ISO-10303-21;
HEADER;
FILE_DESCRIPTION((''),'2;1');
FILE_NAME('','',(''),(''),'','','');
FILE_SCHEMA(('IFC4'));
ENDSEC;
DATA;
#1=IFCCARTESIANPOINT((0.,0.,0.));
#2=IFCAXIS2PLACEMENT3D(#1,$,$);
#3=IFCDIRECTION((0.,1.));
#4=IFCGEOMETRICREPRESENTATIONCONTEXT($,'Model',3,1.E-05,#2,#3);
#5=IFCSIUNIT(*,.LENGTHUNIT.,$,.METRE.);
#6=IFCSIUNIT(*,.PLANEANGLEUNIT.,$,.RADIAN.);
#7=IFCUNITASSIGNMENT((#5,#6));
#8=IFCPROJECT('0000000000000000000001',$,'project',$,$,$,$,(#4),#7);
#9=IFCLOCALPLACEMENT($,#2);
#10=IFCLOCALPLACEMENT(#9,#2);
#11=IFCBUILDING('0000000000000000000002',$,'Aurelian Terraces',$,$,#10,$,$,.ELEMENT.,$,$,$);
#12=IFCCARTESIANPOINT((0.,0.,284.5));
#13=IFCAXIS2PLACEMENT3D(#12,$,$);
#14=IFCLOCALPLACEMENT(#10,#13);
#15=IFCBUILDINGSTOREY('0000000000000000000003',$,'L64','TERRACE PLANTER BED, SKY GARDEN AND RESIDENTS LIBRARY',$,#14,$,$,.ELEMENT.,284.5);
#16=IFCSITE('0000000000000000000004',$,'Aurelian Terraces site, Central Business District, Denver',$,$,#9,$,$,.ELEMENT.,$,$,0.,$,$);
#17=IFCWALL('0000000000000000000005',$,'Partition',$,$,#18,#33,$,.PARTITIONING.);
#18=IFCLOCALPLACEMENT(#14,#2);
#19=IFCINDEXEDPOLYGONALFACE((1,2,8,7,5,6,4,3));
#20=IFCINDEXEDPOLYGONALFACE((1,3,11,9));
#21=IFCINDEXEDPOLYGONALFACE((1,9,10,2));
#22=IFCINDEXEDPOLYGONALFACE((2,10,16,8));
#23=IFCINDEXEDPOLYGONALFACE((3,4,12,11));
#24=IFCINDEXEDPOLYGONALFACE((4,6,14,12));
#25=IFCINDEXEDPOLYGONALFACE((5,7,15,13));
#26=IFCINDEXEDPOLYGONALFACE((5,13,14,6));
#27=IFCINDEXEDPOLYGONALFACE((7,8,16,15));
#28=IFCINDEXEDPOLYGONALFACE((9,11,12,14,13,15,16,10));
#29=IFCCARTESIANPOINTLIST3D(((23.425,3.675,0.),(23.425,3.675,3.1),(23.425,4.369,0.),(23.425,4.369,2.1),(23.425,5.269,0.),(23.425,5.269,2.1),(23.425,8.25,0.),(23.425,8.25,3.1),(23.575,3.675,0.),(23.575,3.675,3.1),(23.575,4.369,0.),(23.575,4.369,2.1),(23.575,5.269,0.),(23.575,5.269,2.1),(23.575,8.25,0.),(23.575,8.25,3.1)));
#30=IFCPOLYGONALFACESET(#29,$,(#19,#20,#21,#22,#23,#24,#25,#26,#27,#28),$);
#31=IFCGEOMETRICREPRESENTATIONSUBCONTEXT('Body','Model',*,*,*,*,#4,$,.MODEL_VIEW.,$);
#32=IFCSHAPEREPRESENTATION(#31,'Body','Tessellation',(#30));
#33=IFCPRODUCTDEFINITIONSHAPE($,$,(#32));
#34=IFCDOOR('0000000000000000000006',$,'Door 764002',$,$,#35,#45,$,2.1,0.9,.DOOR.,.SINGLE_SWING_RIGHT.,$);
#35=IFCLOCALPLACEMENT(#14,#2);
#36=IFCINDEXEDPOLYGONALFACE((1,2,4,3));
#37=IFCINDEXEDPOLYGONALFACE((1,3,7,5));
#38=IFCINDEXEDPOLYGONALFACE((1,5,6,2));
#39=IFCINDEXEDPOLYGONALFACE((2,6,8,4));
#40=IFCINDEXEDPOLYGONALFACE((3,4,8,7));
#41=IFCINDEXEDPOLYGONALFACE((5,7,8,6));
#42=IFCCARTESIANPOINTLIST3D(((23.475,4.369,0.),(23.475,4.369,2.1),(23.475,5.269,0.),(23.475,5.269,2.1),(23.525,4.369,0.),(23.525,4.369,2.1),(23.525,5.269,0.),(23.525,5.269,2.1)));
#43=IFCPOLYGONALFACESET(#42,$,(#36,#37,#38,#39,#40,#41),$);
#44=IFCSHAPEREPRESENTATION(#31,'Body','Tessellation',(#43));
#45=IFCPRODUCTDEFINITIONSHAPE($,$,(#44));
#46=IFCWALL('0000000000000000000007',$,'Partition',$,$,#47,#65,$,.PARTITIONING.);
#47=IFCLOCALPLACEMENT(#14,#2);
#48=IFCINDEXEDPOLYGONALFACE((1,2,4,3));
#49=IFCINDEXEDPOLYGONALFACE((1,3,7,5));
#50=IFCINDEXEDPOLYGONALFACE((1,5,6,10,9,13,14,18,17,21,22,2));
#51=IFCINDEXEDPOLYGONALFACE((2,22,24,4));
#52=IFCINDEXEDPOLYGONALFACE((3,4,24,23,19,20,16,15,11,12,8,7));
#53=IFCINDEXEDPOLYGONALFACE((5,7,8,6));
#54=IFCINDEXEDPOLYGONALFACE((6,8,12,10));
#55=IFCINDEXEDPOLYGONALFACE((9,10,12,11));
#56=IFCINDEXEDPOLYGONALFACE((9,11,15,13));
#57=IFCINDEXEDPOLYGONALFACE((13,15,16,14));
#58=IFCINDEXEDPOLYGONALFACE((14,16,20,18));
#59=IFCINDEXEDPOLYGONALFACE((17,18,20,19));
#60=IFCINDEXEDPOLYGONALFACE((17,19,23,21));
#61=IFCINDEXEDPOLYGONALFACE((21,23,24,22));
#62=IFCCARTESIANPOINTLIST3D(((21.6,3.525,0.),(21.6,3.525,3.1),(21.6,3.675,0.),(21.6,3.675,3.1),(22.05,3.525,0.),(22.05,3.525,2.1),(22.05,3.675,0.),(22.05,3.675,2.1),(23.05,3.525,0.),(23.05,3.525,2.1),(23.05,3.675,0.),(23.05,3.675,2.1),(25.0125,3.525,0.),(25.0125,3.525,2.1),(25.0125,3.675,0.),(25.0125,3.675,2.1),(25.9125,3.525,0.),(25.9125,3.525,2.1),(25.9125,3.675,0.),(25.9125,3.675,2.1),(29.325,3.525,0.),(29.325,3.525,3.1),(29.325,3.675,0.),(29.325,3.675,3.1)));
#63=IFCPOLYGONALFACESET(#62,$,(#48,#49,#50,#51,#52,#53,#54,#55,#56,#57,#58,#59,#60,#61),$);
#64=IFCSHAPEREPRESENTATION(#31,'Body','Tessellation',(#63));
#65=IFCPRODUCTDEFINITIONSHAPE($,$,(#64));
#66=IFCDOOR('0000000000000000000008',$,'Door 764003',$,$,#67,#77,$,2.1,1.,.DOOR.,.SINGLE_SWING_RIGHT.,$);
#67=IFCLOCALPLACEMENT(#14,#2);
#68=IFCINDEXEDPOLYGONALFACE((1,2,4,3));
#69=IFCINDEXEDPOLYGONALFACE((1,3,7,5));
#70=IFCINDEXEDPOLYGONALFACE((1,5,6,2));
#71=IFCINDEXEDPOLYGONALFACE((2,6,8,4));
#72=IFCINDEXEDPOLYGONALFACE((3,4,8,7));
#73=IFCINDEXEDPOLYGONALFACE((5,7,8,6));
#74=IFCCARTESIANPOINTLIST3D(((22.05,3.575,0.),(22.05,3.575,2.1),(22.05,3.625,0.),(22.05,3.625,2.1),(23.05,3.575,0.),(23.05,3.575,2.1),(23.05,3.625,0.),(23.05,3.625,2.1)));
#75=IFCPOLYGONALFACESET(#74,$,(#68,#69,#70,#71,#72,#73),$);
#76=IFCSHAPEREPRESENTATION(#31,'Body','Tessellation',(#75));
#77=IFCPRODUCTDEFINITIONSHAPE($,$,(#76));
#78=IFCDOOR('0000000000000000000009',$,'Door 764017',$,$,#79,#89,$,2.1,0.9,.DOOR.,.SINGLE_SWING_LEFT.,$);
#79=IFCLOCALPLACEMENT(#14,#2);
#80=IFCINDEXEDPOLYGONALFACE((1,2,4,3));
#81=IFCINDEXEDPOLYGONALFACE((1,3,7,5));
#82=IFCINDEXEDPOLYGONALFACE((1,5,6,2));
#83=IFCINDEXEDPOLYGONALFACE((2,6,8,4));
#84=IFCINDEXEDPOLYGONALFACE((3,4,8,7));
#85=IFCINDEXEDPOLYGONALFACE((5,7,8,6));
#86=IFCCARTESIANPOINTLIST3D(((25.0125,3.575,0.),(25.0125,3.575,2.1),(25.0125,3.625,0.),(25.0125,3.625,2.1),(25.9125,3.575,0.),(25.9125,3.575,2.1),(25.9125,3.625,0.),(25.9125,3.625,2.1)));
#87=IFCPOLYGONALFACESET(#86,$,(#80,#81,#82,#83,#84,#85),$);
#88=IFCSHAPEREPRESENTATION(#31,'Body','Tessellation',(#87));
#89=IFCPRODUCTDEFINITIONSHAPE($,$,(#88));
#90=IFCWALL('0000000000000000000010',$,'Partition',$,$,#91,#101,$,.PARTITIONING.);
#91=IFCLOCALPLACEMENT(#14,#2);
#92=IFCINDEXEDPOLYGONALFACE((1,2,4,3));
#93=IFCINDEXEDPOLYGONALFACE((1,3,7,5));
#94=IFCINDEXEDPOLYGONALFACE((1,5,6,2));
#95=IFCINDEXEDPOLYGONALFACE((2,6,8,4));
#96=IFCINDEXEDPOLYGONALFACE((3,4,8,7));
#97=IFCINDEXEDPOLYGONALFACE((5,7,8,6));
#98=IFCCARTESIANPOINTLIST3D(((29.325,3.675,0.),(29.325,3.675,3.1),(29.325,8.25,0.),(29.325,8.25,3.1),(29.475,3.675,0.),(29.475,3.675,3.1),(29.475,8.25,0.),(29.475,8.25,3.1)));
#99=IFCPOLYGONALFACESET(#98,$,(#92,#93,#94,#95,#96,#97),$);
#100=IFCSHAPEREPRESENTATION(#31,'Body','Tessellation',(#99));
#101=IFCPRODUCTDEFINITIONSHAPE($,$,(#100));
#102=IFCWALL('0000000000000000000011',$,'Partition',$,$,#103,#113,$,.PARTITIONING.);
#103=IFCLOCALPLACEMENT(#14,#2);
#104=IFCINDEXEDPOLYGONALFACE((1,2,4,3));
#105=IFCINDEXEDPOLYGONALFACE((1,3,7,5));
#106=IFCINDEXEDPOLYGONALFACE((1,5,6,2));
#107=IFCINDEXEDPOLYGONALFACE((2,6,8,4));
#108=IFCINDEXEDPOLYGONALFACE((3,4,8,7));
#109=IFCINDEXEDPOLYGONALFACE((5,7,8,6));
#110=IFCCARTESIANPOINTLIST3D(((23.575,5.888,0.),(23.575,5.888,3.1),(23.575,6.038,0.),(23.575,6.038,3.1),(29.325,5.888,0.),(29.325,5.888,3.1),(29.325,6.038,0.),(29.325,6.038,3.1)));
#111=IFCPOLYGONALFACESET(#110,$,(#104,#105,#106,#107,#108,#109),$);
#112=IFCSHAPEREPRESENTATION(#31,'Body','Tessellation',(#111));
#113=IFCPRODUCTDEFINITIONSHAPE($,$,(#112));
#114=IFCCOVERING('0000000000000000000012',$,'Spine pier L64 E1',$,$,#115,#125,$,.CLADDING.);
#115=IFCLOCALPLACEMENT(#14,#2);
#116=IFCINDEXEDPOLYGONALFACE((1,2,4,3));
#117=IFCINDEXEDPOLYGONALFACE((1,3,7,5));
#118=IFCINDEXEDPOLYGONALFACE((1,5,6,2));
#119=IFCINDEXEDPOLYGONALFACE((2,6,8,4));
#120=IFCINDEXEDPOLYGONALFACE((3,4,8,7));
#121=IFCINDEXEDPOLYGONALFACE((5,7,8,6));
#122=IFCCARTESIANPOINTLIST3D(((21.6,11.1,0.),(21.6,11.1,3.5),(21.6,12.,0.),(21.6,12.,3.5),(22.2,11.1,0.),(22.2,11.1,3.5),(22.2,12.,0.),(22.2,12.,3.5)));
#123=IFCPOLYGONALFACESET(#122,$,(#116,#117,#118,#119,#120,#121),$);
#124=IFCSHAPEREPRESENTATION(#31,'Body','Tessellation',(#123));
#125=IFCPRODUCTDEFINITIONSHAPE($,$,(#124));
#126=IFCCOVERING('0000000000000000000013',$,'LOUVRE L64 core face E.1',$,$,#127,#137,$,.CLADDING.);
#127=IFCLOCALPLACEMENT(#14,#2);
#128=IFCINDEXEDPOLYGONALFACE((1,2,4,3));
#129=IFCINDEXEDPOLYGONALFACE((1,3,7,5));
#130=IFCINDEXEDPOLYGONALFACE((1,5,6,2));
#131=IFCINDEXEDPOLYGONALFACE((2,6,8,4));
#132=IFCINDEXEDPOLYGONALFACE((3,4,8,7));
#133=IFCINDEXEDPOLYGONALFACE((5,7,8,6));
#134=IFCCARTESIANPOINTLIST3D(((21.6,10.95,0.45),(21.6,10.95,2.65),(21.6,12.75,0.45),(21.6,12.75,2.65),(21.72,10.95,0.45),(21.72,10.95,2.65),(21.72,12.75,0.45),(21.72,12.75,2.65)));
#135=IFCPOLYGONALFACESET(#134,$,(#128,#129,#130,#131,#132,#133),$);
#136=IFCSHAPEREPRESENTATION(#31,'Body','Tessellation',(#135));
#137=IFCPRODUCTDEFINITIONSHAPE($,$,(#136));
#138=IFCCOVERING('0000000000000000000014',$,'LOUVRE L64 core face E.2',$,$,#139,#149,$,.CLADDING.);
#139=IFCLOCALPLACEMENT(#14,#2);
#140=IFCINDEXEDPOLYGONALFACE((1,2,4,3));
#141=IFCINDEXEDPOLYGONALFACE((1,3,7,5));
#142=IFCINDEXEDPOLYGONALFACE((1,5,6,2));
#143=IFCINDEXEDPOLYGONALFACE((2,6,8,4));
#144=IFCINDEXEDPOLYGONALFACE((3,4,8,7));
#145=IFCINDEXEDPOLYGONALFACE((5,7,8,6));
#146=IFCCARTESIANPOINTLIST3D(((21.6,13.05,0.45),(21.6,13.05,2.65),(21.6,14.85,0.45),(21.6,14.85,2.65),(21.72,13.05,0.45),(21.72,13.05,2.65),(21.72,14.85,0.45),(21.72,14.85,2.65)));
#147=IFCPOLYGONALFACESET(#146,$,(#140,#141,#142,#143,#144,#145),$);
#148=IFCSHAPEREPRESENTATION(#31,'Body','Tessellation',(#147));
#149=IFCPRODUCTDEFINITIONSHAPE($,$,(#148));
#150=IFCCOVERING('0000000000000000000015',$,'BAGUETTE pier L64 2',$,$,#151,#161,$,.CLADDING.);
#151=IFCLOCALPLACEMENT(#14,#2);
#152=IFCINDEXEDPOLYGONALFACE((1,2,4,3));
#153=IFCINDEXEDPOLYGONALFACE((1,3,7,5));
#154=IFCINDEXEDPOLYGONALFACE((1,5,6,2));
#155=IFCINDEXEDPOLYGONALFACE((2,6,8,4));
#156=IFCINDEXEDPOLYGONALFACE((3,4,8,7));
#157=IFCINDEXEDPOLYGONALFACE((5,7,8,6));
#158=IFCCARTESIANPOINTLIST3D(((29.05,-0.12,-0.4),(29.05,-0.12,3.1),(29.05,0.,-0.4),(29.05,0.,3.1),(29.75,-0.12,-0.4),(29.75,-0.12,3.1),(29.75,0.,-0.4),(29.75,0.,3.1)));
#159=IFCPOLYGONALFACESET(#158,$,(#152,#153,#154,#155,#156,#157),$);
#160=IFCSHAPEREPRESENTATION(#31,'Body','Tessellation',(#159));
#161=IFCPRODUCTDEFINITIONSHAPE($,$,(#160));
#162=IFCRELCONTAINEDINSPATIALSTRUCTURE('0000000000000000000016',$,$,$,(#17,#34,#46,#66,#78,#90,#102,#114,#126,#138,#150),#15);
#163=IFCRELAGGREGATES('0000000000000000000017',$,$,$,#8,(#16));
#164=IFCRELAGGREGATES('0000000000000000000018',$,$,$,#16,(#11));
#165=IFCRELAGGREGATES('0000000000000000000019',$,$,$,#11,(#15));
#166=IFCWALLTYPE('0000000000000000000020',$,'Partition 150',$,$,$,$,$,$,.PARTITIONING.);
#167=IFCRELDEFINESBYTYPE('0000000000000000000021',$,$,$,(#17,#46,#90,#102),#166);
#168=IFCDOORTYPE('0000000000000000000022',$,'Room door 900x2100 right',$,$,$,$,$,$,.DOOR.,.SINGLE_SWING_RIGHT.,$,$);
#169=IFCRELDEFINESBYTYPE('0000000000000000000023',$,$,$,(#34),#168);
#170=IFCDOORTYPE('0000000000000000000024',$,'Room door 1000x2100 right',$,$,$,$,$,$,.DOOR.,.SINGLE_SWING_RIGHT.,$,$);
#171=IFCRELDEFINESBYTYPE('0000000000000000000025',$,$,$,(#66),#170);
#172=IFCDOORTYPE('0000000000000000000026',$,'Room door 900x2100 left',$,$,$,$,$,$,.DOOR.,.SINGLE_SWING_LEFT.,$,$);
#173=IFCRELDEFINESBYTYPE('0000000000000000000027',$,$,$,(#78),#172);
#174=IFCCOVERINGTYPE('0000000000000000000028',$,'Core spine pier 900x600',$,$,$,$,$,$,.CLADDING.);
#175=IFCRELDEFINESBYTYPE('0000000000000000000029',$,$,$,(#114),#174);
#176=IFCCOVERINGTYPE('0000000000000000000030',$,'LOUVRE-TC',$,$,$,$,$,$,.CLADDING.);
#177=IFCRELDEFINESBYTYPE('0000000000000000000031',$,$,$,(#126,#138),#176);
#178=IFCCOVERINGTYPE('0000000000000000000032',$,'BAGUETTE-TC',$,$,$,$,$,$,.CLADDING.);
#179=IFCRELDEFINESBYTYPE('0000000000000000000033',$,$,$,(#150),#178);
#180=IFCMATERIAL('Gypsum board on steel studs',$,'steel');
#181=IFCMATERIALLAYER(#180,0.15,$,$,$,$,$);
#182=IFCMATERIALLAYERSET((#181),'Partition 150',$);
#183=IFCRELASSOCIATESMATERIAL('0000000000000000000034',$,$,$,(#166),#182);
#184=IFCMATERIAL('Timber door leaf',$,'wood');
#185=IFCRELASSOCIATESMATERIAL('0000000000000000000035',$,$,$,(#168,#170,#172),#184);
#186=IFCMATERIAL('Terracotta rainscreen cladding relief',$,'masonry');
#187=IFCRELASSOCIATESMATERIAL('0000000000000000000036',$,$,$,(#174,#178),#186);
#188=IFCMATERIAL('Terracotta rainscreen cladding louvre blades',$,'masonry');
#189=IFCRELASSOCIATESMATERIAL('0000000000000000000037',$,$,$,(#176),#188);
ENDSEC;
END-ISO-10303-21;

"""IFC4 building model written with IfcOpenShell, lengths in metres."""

from ifc_helpers import new_model, si_unit, direction, frame, frame_2d, origin, origin_2d, place, context, subcontext, project, spatial, rectangle, extrude, source, transform, mapped, material, layer, layer_set, type_object, element, fill, save


model = new_model("IFC4")

# Units and contexts
model_context = context("Model", 3, precision=1e-05, world=origin(), true_north=direction((0.0, 1.0)))
body_context = subcontext(model_context, "Body", "Model", "MODEL_VIEW")
ifc_project = project(units=[si_unit("LENGTHUNIT", "METRE"), si_unit("PLANEANGLEUNIT", "RADIAN")], contexts=[model_context])

# Site, building, storey
site_placement = place(None, origin())
site = spatial("IfcSite", under=ifc_project, at=site_placement, Name="Aurelian Terraces site, Central Business District, Denver", CompositionType="ELEMENT", RefElevation=0.0)
building_placement = place(site_placement, origin())
building = spatial("IfcBuilding", under=site, at=building_placement, Name="Aurelian Terraces", CompositionType="ELEMENT")
storey_placement = place(building_placement, frame((0.0, 0.0, 284.5)))
storey = spatial("IfcBuildingStorey", under=building, at=storey_placement, Name="L64", Description="TERRACE PLANTER BED, SKY GARDEN AND RESIDENTS LIBRARY", CompositionType="ELEMENT", Elevation=284.5)

# Shared definitions
ifc_material_1 = material(Name="Gypsum board on steel studs", Category="steel")
shared_shape_1 = source(origin(), body_context, "Body", "SweptSolid", [
    extrude(rectangle(XDim=1.0, YDim=2.1, at=frame_2d((0.5, 1.05))), frame((0.0, 0.085, 0.0), z_axis=(0.0, -1.0, 0.0), x_axis=(1.0, 0.0, 0.0)), (0.0, 0.0, 1.0), 0.17),
])
shared_shape_2 = source(origin(), body_context, "Body", "SweptSolid", [
    extrude(rectangle(XDim=1.0, YDim=2.1, at=frame_2d((0.5, 1.05))), frame((0.0, 0.025, 0.0), z_axis=(0.0, -1.0, 0.0), x_axis=(1.0, 0.0, 0.0)), (0.0, 0.0, 1.0), 0.05),
])

# Wall, opening, door
ifc_layer_1 = layer(ifc_material_1, 0.15)
ifc_layer_set_1 = layer_set([ifc_layer_1], Name="Partition 150")
wall_type_1 = type_object("IfcWallType", Name="Partition 150", PredefinedType="PARTITIONING", material=ifc_layer_set_1)
wall_1_placement = place(storey_placement, frame((23.5, 8.25, 0.0), z_axis=(0.0, 0.0, 1.0), x_axis=(0.0, -1.0, 0.0)))
wall_1 = element("IfcWall", 1, at=wall_1_placement, inside=storey, type_object=wall_type_1, Name="Partition", PredefinedType="PARTITIONING", context=body_context, shape_type="SweptSolid", body=[
    extrude(rectangle(XDim=4.575, YDim=0.15, at=frame_2d((2.2875, 0.0))), origin(), (0.0, 0.0, 1.0), 3.1),
])
shared_shape_3 = source(origin(), body_context, "Body", "SweptSolid", [
    extrude(rectangle(XDim=0.9, YDim=2.1, at=frame_2d((0.45, 1.05))), frame((0.0, 0.085, 0.0), z_axis=(0.0, -1.0, 0.0), x_axis=(1.0, 0.0, 0.0)), (0.0, 0.0, 1.0), 0.17),
])
opening_1_placement = place(wall_1_placement, frame((2.981, 0.0, 0.0)))
opening_1 = element("IfcOpeningElement", 2, at=opening_1_placement, cuts=wall_1, PredefinedType="OPENING", context=body_context, shape_type="MappedRepresentation", body=[
    mapped(shared_shape_3, transform((0.0, 0.0, 0.0), scale=1.0)),
])
ifc_material_2 = material(Name="Timber door leaf", Category="wood")
door_type_1 = type_object("IfcDoorType", Name="Room door 900x2100 right", OperationType="SINGLE_SWING_RIGHT", PredefinedType="DOOR", material=ifc_material_2)
shared_shape_4 = source(origin(), body_context, "Body", "SweptSolid", [
    extrude(rectangle(XDim=0.9, YDim=2.1, at=frame_2d((0.45, 1.05))), frame((0.0, 0.025, 0.0), z_axis=(0.0, -1.0, 0.0), x_axis=(1.0, 0.0, 0.0)), (0.0, 0.0, 1.0), 0.05),
])
door_1_placement = place(opening_1_placement, origin())
door_1 = element("IfcDoor", 3, at=door_1_placement, inside=storey, type_object=door_type_1, Name="Door 764002", OperationType="SINGLE_SWING_RIGHT", OverallHeight=2.1, OverallWidth=0.9, PredefinedType="DOOR", context=body_context, shape_type="MappedRepresentation", body=[
    mapped(shared_shape_4, transform((0.0, 0.0, 0.0), scale=1.0)),
])
fill(opening_1, door_1)

# Wall, openings, doors
wall_2_placement = place(storey_placement, frame((21.6, 3.6, 0.0), z_axis=(0.0, 0.0, 1.0), x_axis=(1.0, 0.0, 0.0)))
wall_2 = element("IfcWall", 4, at=wall_2_placement, inside=storey, type_object=wall_type_1, Name="Partition", PredefinedType="PARTITIONING", context=body_context, shape_type="SweptSolid", body=[
    extrude(rectangle(XDim=7.725, YDim=0.15, at=frame_2d((3.8625, 0.0))), origin(), (0.0, 0.0, 1.0), 3.1),
])
opening_2_placement = place(wall_2_placement, frame((0.45, 0.0, 0.0)))
opening_2 = element("IfcOpeningElement", 5, at=opening_2_placement, cuts=wall_2, PredefinedType="OPENING", context=body_context, shape_type="MappedRepresentation", body=[
    mapped(shared_shape_1, transform((0.0, 0.0, 0.0), scale=1.0)),
])
opening_3_placement = place(wall_2_placement, frame((3.4125, 0.0, 0.0)))
opening_3 = element("IfcOpeningElement", 6, at=opening_3_placement, cuts=wall_2, PredefinedType="OPENING", context=body_context, shape_type="MappedRepresentation", body=[
    mapped(shared_shape_3, transform((0.0, 0.0, 0.0), scale=1.0)),
])
door_type_2 = type_object("IfcDoorType", Name="Room door 1000x2100 right", OperationType="SINGLE_SWING_RIGHT", PredefinedType="DOOR", material=ifc_material_2)
door_2_placement = place(opening_2_placement, origin())
door_2 = element("IfcDoor", 7, at=door_2_placement, inside=storey, type_object=door_type_2, Name="Door 764003", OperationType="SINGLE_SWING_RIGHT", OverallHeight=2.1, OverallWidth=1.0, PredefinedType="DOOR", context=body_context, shape_type="MappedRepresentation", body=[
    mapped(shared_shape_2, transform((0.0, 0.0, 0.0), scale=1.0)),
])
fill(opening_2, door_2)
door_type_3 = type_object("IfcDoorType", Name="Room door 900x2100 left", OperationType="SINGLE_SWING_LEFT", PredefinedType="DOOR", material=ifc_material_2)
door_3_placement = place(opening_3_placement, origin())
door_3 = element("IfcDoor", 8, at=door_3_placement, inside=storey, type_object=door_type_3, Name="Door 764017", OperationType="SINGLE_SWING_LEFT", OverallHeight=2.1, OverallWidth=0.9, PredefinedType="DOOR", context=body_context, shape_type="MappedRepresentation", body=[
    mapped(shared_shape_4, transform((0.0, 0.0, 0.0), scale=1.0)),
])
fill(opening_3, door_3)

# Walls
shared_shape_5 = source(origin(), body_context, "Body", "SweptSolid", [
    extrude(rectangle(XDim=4.575, YDim=0.15, at=frame_2d((2.2875, 0.0))), origin(), (0.0, 0.0, 1.0), 3.1),
])
wall_3_placement = place(storey_placement, frame((29.4, 3.675, 0.0), z_axis=(0.0, 0.0, 1.0), x_axis=(0.0, 1.0, 0.0)))
element("IfcWall", 9, at=wall_3_placement, inside=storey, type_object=wall_type_1, Name="Partition", PredefinedType="PARTITIONING", context=body_context, shape_type="MappedRepresentation", body=[
    mapped(shared_shape_5, transform((0.0, 0.0, 0.0), scale=1.0)),
])
shared_shape_6 = source(origin(), body_context, "Body", "SweptSolid", [
    extrude(rectangle(XDim=5.75, YDim=0.15, at=frame_2d((2.875, 0.0))), origin(), (0.0, 0.0, 1.0), 3.1),
])
wall_4_placement = place(storey_placement, frame((29.325, 5.963, 0.0), z_axis=(0.0, 0.0, 1.0), x_axis=(-1.0, 0.0, 0.0)))
element("IfcWall", 10, at=wall_4_placement, inside=storey, type_object=wall_type_1, Name="Partition", PredefinedType="PARTITIONING", context=body_context, shape_type="MappedRepresentation", body=[
    mapped(shared_shape_6, transform((0.0, 0.0, 0.0), scale=1.0)),
])

# Covering
ifc_material_3 = material(Name="Terracotta rainscreen cladding relief", Category="masonry")
covering_type_1 = type_object("IfcCoveringType", Name="Core spine pier 900x600", PredefinedType="CLADDING", material=ifc_material_3)
covering_1_placement = place(storey_placement, frame((21.9, 11.55, 0.0), z_axis=(0.0, 0.0, 1.0), x_axis=(1.0, 0.0, 0.0)))
element("IfcCovering", 11, at=covering_1_placement, inside=storey, type_object=covering_type_1, Name="Spine pier L64 E1", PredefinedType="CLADDING", context=body_context, shape_type="SweptSolid", body=[
    extrude(rectangle(XDim=0.6, YDim=0.9, at=origin_2d()), origin(), (0.0, 0.0, 1.0), 3.5),
])

# Coverings
ifc_material_4 = material(Name="Terracotta rainscreen cladding louvre blades", Category="masonry")
covering_type_2 = type_object("IfcCoveringType", Name="LOUVRE-TC", PredefinedType="CLADDING", material=ifc_material_4)
covering_2_placement = place(storey_placement, frame((21.66, 11.85, 0.45), z_axis=(0.0, 0.0, 1.0), x_axis=(1.0, 0.0, 0.0)))
element("IfcCovering", 12, at=covering_2_placement, inside=storey, type_object=covering_type_2, Name="LOUVRE L64 core face E.1", PredefinedType="CLADDING", context=body_context, shape_type="SweptSolid", body=[
    extrude(rectangle(XDim=0.12, YDim=1.8, at=origin_2d()), origin(), (0.0, 0.0, 1.0), 2.2),
])
shared_shape_7 = source(origin(), body_context, "Body", "SweptSolid", [
    extrude(rectangle(XDim=0.12, YDim=1.8, at=origin_2d()), origin(), (0.0, 0.0, 1.0), 2.2),
])
covering_3_placement = place(storey_placement, frame((21.66, 13.95, 0.45), z_axis=(0.0, 0.0, 1.0), x_axis=(1.0, 0.0, 0.0)))
element("IfcCovering", 13, at=covering_3_placement, inside=storey, type_object=covering_type_2, Name="LOUVRE L64 core face E.2", PredefinedType="CLADDING", context=body_context, shape_type="MappedRepresentation", body=[
    mapped(shared_shape_7, transform((0.0, 0.0, 0.0), scale=1.0)),
])
covering_type_3 = type_object("IfcCoveringType", Name="BAGUETTE-TC", PredefinedType="CLADDING", material=ifc_material_3)
shared_shape_8 = source(origin(), body_context, "Body", "SweptSolid", [
    extrude(rectangle(XDim=0.7, YDim=0.12, at=origin_2d()), origin(), (0.0, 0.0, 1.0), 3.5),
])
covering_4_placement = place(storey_placement, frame((29.4, -0.06, -0.4), z_axis=(0.0, 0.0, 1.0), x_axis=(1.0, 0.0, 0.0)))
element("IfcCovering", 14, at=covering_4_placement, inside=storey, type_object=covering_type_3, Name="BAGUETTE pier L64 2", PredefinedType="CLADDING", context=body_context, shape_type="MappedRepresentation", body=[
    mapped(shared_shape_8, transform((0.0, 0.0, 0.0), scale=1.0)),
])

save(model, "model.ifc")
